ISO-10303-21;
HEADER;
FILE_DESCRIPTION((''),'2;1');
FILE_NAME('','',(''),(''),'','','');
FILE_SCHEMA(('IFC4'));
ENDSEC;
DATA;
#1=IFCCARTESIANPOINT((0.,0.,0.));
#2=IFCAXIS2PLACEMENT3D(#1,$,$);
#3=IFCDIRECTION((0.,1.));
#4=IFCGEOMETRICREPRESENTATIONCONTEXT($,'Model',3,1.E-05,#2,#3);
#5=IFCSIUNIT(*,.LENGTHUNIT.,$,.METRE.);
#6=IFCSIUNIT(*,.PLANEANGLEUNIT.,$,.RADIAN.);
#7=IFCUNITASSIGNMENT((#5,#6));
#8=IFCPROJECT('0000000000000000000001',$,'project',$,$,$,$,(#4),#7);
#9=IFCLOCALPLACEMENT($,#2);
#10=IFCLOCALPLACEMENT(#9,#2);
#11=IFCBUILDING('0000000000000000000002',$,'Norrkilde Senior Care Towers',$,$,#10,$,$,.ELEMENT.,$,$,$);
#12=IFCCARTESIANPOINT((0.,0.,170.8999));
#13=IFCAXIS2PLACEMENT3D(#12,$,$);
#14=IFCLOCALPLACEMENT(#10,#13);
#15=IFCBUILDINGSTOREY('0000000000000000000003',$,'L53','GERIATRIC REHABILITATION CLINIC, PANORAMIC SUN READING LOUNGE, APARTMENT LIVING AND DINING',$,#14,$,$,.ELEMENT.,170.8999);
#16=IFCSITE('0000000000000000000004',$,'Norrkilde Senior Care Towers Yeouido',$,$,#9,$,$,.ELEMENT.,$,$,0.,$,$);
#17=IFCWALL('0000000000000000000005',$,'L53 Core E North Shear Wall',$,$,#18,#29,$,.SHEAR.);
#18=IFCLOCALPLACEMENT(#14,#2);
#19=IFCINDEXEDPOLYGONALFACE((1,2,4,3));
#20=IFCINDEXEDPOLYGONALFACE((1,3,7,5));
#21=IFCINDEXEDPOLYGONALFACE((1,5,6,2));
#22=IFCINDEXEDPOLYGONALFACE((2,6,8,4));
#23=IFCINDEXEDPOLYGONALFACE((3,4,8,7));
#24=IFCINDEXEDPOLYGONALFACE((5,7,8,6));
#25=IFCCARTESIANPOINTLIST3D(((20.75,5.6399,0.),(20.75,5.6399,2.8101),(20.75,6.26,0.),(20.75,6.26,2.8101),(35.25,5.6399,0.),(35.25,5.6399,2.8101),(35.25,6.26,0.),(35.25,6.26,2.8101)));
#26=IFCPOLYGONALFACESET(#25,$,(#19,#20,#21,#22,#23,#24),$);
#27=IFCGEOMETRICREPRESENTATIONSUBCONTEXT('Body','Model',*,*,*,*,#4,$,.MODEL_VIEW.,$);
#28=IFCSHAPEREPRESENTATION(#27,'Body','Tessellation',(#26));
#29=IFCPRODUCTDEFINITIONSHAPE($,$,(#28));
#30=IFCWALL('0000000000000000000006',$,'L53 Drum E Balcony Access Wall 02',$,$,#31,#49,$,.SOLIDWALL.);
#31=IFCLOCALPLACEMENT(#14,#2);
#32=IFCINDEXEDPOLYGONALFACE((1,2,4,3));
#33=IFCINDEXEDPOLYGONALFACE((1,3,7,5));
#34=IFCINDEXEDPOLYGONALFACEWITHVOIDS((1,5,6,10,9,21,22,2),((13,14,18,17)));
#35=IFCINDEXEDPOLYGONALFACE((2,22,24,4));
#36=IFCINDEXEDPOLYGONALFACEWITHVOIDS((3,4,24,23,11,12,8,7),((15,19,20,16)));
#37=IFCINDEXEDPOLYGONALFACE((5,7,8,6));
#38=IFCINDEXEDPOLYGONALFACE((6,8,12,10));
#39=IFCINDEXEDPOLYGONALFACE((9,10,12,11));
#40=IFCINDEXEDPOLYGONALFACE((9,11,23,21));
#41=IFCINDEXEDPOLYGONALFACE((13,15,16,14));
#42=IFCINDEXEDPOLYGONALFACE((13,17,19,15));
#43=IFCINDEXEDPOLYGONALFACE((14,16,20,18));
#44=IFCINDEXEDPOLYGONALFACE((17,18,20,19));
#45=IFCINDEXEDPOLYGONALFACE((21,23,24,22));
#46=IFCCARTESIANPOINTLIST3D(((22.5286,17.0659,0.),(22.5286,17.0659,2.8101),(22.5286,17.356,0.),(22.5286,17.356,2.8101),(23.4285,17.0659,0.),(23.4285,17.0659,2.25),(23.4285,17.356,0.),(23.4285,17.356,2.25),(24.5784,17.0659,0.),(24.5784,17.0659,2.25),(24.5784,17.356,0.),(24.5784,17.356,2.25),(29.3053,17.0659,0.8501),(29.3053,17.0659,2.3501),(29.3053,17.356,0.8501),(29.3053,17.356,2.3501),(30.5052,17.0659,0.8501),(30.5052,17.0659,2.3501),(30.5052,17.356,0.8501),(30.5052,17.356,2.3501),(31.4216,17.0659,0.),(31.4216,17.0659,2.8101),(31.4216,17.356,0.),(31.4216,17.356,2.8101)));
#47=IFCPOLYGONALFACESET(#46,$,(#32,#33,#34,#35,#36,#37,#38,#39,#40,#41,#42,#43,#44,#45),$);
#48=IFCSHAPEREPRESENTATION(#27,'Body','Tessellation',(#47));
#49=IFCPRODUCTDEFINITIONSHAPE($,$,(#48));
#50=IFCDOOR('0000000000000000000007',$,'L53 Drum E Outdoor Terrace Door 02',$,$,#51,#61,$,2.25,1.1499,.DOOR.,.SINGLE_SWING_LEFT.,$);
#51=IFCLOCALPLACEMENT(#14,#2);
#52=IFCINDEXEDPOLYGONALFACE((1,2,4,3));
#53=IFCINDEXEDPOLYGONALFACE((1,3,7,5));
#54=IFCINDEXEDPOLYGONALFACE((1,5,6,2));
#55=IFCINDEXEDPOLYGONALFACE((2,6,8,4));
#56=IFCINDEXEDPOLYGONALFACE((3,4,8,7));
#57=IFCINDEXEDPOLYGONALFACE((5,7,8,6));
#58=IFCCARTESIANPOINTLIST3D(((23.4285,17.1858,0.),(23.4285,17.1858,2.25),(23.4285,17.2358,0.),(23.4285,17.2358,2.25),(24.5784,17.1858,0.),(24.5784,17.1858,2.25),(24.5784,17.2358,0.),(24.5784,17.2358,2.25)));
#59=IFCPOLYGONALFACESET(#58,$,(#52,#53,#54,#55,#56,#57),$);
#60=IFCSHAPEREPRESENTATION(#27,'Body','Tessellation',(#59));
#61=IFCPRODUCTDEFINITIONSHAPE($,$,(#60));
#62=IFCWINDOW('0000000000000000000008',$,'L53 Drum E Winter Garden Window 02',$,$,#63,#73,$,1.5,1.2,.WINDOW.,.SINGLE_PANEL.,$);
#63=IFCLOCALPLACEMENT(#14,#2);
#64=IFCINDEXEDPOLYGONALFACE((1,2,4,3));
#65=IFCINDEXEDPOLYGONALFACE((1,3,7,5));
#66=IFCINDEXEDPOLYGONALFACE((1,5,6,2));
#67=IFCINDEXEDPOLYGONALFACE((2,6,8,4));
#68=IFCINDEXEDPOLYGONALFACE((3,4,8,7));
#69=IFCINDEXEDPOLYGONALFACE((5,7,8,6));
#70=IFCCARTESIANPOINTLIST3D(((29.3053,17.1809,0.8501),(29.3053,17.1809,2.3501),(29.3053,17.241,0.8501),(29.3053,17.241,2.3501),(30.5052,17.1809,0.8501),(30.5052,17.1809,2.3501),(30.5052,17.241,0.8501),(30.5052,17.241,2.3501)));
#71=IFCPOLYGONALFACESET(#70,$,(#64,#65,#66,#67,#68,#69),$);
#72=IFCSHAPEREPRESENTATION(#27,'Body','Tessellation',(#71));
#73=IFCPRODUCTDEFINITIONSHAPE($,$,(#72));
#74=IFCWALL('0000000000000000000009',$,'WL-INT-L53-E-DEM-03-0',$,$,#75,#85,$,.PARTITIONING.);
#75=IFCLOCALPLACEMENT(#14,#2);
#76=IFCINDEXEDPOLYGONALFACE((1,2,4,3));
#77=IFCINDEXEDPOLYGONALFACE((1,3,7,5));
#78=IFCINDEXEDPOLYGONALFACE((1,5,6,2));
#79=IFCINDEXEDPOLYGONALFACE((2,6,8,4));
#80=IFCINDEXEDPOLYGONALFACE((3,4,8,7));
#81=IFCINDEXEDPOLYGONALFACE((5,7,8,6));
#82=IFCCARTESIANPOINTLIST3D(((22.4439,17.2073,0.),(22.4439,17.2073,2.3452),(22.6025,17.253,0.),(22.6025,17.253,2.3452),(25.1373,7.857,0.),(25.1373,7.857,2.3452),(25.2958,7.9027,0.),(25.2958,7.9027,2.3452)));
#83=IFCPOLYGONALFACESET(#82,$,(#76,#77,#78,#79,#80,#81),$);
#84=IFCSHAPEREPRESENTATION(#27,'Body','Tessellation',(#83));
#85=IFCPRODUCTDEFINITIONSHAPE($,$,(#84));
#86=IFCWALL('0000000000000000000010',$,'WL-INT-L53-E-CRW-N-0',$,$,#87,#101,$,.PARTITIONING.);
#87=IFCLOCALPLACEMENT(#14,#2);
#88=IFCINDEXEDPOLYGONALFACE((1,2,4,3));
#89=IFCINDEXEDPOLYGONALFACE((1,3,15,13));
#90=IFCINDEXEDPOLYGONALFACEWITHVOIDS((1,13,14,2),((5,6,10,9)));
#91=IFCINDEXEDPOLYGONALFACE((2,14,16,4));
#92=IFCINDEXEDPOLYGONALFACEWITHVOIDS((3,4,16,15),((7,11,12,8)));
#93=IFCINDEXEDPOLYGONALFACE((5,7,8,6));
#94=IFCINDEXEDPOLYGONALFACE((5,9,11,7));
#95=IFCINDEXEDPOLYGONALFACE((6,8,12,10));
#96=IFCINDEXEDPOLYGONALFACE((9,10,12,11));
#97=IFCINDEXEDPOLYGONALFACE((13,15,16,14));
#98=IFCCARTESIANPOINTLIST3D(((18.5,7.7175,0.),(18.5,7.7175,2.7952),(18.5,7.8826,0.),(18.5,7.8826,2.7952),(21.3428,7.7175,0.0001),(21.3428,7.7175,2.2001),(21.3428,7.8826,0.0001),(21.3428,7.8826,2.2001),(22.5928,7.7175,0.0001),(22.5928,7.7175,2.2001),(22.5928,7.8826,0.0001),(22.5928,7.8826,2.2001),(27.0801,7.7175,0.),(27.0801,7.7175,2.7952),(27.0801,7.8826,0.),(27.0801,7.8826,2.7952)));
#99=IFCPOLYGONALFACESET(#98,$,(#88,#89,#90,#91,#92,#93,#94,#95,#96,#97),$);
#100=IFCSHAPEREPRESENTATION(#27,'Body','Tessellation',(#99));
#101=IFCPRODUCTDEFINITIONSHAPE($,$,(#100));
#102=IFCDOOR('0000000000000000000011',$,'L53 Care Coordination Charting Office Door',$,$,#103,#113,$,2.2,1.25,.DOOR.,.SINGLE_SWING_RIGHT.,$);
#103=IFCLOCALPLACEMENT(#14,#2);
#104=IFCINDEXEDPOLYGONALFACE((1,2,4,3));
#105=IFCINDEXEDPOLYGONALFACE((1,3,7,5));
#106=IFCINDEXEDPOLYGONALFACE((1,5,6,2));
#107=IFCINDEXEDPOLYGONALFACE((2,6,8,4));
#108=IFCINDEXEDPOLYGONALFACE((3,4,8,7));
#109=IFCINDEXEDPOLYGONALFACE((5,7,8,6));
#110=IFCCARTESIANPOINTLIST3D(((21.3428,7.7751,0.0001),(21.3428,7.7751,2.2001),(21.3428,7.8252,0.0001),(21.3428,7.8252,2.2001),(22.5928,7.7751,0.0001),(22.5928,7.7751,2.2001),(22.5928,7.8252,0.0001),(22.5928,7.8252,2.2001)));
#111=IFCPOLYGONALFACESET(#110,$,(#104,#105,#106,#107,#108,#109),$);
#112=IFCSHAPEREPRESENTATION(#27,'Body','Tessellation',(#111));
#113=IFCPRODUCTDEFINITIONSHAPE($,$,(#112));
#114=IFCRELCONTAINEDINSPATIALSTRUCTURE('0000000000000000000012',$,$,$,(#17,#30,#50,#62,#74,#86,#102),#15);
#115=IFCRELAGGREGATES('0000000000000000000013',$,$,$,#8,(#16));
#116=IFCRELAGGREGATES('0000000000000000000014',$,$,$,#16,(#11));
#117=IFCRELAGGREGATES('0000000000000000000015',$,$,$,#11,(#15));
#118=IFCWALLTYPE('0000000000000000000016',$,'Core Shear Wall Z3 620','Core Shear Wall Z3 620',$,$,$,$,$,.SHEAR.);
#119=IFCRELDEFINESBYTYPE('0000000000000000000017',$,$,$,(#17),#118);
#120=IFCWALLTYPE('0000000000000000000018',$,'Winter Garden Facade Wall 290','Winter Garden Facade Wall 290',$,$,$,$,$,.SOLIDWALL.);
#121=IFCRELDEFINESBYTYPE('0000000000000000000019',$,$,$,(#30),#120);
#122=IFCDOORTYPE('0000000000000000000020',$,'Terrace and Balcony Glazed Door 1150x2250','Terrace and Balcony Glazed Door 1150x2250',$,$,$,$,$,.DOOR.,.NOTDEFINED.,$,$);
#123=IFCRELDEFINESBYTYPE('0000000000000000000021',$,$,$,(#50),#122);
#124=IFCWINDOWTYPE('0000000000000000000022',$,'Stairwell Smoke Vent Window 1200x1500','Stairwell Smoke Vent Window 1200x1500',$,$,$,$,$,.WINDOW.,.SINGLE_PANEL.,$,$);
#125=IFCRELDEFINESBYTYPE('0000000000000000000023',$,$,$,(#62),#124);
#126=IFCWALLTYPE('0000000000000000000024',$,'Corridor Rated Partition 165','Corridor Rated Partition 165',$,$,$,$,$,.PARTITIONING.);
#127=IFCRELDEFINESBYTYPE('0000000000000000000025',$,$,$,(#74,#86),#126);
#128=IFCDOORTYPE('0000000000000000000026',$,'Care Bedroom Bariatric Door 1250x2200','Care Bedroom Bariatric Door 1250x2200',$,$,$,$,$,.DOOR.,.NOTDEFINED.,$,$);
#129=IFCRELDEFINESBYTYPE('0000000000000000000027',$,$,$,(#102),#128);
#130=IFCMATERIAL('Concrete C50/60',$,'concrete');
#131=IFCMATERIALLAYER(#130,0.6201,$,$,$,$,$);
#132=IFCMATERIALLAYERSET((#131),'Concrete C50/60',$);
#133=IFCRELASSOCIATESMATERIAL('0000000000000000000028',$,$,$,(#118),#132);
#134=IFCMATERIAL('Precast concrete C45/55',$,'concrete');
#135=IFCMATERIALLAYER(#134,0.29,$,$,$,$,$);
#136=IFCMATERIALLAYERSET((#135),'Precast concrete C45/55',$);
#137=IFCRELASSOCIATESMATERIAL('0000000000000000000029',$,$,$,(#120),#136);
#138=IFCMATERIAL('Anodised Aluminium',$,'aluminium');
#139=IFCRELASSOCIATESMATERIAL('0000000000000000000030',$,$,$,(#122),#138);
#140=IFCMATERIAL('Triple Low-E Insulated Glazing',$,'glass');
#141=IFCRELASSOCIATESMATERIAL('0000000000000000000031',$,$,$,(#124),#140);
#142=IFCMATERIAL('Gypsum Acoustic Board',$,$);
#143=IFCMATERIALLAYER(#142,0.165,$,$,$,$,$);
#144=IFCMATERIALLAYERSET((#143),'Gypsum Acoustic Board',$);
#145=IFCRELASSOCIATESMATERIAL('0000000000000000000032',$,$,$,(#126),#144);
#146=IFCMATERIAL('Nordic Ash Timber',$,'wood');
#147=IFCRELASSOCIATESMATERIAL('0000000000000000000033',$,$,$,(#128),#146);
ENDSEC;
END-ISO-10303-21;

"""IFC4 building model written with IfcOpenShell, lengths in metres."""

from ifc_helpers import new_model, si_unit, direction, frame, frame_2d, origin, place, context, subcontext, project, spatial, rectangle, extrude, source, transform, mapped, material, layer, layer_set, type_object, type_shapes, element, fill, save


model = new_model("IFC4")

# Units and contexts
model_context = context("Model", 3, precision=1e-05, world=origin(), true_north=direction((0.0, 1.0)))
body_context = subcontext(model_context, "Body", "Model", "MODEL_VIEW")
ifc_project = project(units=[si_unit("LENGTHUNIT", "METRE"), si_unit("PLANEANGLEUNIT", "RADIAN")], contexts=[model_context])

# Site, building, storey
site_placement = place(None, origin())
site = spatial("IfcSite", under=ifc_project, at=site_placement, Name="Norrkilde Senior Care Towers Yeouido", CompositionType="ELEMENT", RefElevation=0.0)
building_placement = place(site_placement, origin())
building = spatial("IfcBuilding", under=site, at=building_placement, Name="Norrkilde Senior Care Towers", CompositionType="ELEMENT")
storey_placement = place(building_placement, frame((0.0, 0.0, 170.8999)))
storey = spatial("IfcBuildingStorey", under=building, at=storey_placement, Name="L53", Description="GERIATRIC REHABILITATION CLINIC, PANORAMIC SUN READING LOUNGE, APARTMENT LIVING AND DINING", CompositionType="ELEMENT", Elevation=170.8999)

# Shared definitions
ifc_material_1 = material(Name="Concrete C50/60", Category="concrete")

# Shared definitions
ifc_material_2 = material(Name="Triple Low-E Insulated Glazing", Category="glass")
ifc_material_3 = material(Name="Anodised Aluminium", Category="aluminium")

# Wall
ifc_layer_1 = layer(ifc_material_1, 0.6201)
ifc_layer_set_1 = layer_set([ifc_layer_1], Name="Concrete C50/60")
wall_type_1 = type_object("IfcWallType", Name="Core Shear Wall Z3 620", Description="Core Shear Wall Z3 620", PredefinedType="SHEAR", material=ifc_layer_set_1)
shared_shape_1 = source(origin(), body_context, "Body", "SweptSolid", [
    extrude(rectangle(XDim=14.5, YDim=0.6201, at=frame_2d((7.25, 0.0))), origin(), (0.0, 0.0, 1.0), 2.8101),
])
type_shapes(wall_type_1, [shared_shape_1])
wall_1_placement = place(storey_placement, frame((20.75, 5.95, 0.0), z_axis=(0.0, 0.0, 1.0), x_axis=(1.0, 0.0, 0.0)))
element("IfcWall", 1, at=wall_1_placement, inside=storey, type_object=wall_type_1, Name="L53 Core E North Shear Wall", PredefinedType="SHEAR", context=body_context, shape_type="MappedRepresentation", body=[
    mapped(shared_shape_1, transform((0.0, 0.0, 0.0), x_axis=(1.0, 0.0, 0.0), y_axis=(0.0, 1.0, 0.0), z_axis=(0.0, 0.0, 1.0), scale=1.0)),
])

# Wall, openings, door, window
ifc_material_4 = material(Name="Precast concrete C45/55", Category="concrete")
ifc_layer_2 = layer(ifc_material_4, 0.29)
ifc_layer_set_2 = layer_set([ifc_layer_2], Name="Precast concrete C45/55")
wall_type_2 = type_object("IfcWallType", Name="Winter Garden Facade Wall 290", Description="Winter Garden Facade Wall 290", PredefinedType="SOLIDWALL", material=ifc_layer_set_2)
shared_shape_2 = source(origin(), body_context, "Body", "SweptSolid", [
    extrude(rectangle(XDim=8.8931, YDim=0.29, at=frame_2d((4.4465, 0.0))), origin(), (0.0, 0.0, 1.0), 2.8101),
])
type_shapes(wall_type_2, [shared_shape_2])
wall_2_placement = place(storey_placement, frame((22.5286, 17.2109, 0.0), z_axis=(0.0, 0.0, 1.0), x_axis=(1.0, 0.0, 0.0)))
wall_2 = element("IfcWall", 2, at=wall_2_placement, inside=storey, type_object=wall_type_2, Name="L53 Drum E Balcony Access Wall 02", PredefinedType="SOLIDWALL", context=body_context, shape_type="MappedRepresentation", body=[
    mapped(shared_shape_2, transform((0.0, 0.0, 0.0), x_axis=(1.0, 0.0, 0.0), y_axis=(0.0, 1.0, 0.0), z_axis=(0.0, 0.0, 1.0), scale=1.0)),
])
opening_1_placement = place(wall_2_placement, frame((0.8999, 0.0, 0.0)))
opening_1 = element("IfcOpeningElement", 3, at=opening_1_placement, cuts=wall_2, PredefinedType="OPENING", context=body_context, shape_type="SweptSolid", body=[
    extrude(rectangle(XDim=1.1499, YDim=2.25, at=frame_2d((0.575, 1.125))), frame((0.0, 0.155, 0.0), z_axis=(0.0, -1.0, 0.0), x_axis=(1.0, 0.0, 0.0)), (0.0, 0.0, 1.0), 0.3101),
])
opening_2_placement = place(wall_2_placement, frame((6.7766, 0.0, 0.8501)))
opening_2 = element("IfcOpeningElement", 4, at=opening_2_placement, cuts=wall_2, PredefinedType="OPENING", context=body_context, shape_type="SweptSolid", body=[
    extrude(rectangle(XDim=1.2, YDim=1.5, at=frame_2d((0.6001, 0.75))), frame((0.0, 0.155, 0.0), z_axis=(0.0, -1.0, 0.0), x_axis=(1.0, 0.0, 0.0)), (0.0, 0.0, 1.0), 0.3101),
])
door_type_1 = type_object("IfcDoorType", Name="Terrace and Balcony Glazed Door 1150x2250", Description="Terrace and Balcony Glazed Door 1150x2250", OperationType="NOTDEFINED", PredefinedType="DOOR", material=ifc_material_3)
shared_shape_3 = source(origin(), body_context, "Body", "SweptSolid", [
    extrude(rectangle(XDim=1.1499, YDim=2.25, at=frame_2d((0.575, 1.125))), frame((0.0, 0.0249, 0.0), z_axis=(0.0, -1.0, 0.0), x_axis=(1.0, 0.0, 0.0)), (0.0, 0.0, 1.0), 0.05),
])
type_shapes(door_type_1, [shared_shape_3])
door_1_placement = place(opening_1_placement, origin())
door_1 = element("IfcDoor", 5, at=door_1_placement, inside=storey, type_object=door_type_1, Name="L53 Drum E Outdoor Terrace Door 02", OperationType="SINGLE_SWING_LEFT", OverallHeight=2.25, OverallWidth=1.1499, PredefinedType="DOOR", context=body_context, shape_type="MappedRepresentation", body=[
    mapped(shared_shape_3, transform((0.0, 0.0, 0.0), x_axis=(1.0, 0.0, 0.0), y_axis=(0.0, 1.0, 0.0), z_axis=(0.0, 0.0, 1.0), scale=1.0)),
])
fill(opening_1, door_1)
window_type = type_object("IfcWindowType", Name="Stairwell Smoke Vent Window 1200x1500", Description="Stairwell Smoke Vent Window 1200x1500", PartitioningType="SINGLE_PANEL", PredefinedType="WINDOW", material=ifc_material_2)
shared_shape_4 = source(origin(), body_context, "Body", "SweptSolid", [
    extrude(rectangle(XDim=1.2, YDim=1.5, at=frame_2d((0.6001, 0.75))), frame((0.0, 0.03, 0.0), z_axis=(0.0, -1.0, 0.0), x_axis=(1.0, 0.0, 0.0)), (0.0, 0.0, 1.0), 0.0601),
])
type_shapes(window_type, [shared_shape_4])
window_placement = place(opening_2_placement, origin())
window = element("IfcWindow", 6, at=window_placement, inside=storey, type_object=window_type, Name="L53 Drum E Winter Garden Window 02", OverallHeight=1.5, OverallWidth=1.2, PartitioningType="SINGLE_PANEL", PredefinedType="WINDOW", context=body_context, shape_type="MappedRepresentation", body=[
    mapped(shared_shape_4, transform((0.0, 0.0, 0.0), x_axis=(1.0, 0.0, 0.0), y_axis=(0.0, 1.0, 0.0), z_axis=(0.0, 0.0, 1.0), scale=1.0)),
])
fill(opening_2, window)

# Wall
ifc_material_5 = material(Name="Gypsum Acoustic Board")
ifc_layer_3 = layer(ifc_material_5, 0.165)
ifc_layer_set_3 = layer_set([ifc_layer_3], Name="Gypsum Acoustic Board")
wall_type_3 = type_object("IfcWallType", Name="Corridor Rated Partition 165", Description="Corridor Rated Partition 165", PredefinedType="PARTITIONING", material=ifc_layer_set_3)
shared_shape_5 = source(origin(), body_context, "Body", "SweptSolid", [
    extrude(rectangle(XDim=9.7305, YDim=0.165, at=frame_2d((4.8652, 0.0))), origin(), (0.0, 0.0, 1.0), 2.3452),
])
wall_3_placement = place(storey_placement, frame((25.2166, 7.8799, 0.0), z_axis=(0.0, 0.0, 1.0), x_axis=(-0.276795, 0.960929, 0.0)))
element("IfcWall", 7, at=wall_3_placement, inside=storey, type_object=wall_type_3, Name="WL-INT-L53-E-DEM-03-0", PredefinedType="PARTITIONING", context=body_context, shape_type="MappedRepresentation", body=[
    mapped(shared_shape_5, transform((0.0, 0.0, 0.0), x_axis=(1.0, 0.0, 0.0), y_axis=(0.0, 1.0, 0.0), z_axis=(0.0, 0.0, 1.0), scale=1.0)),
])

# Wall, opening, door
shared_shape_6 = source(origin(), body_context, "Body", "SweptSolid", [
    extrude(rectangle(XDim=8.5801, YDim=0.165, at=frame_2d((4.29, 0.0))), origin(), (0.0, 0.0, 1.0), 2.7952),
])
type_shapes(wall_type_3, [shared_shape_5, shared_shape_6])
wall_4_placement = place(storey_placement, frame((18.5, 7.8, 0.0), z_axis=(0.0, 0.0, 1.0), x_axis=(1.0, 0.0, 0.0)))
wall_4 = element("IfcWall", 8, at=wall_4_placement, inside=storey, type_object=wall_type_3, Name="WL-INT-L53-E-CRW-N-0", PredefinedType="PARTITIONING", context=body_context, shape_type="MappedRepresentation", body=[
    mapped(shared_shape_6, transform((0.0, 0.0, 0.0), x_axis=(1.0, 0.0, 0.0), y_axis=(0.0, 1.0, 0.0), z_axis=(0.0, 0.0, 1.0), scale=1.0)),
])
opening_3_placement = place(wall_4_placement, frame((2.8428, 0.0, 0.0)))
opening_3 = element("IfcOpeningElement", 9, at=opening_3_placement, cuts=wall_4, PredefinedType="OPENING", context=body_context, shape_type="SweptSolid", body=[
    extrude(rectangle(XDim=1.25, YDim=2.2, at=frame_2d((0.625, 1.1001))), frame((0.0, 0.0925, 0.0), z_axis=(0.0, -1.0, 0.0), x_axis=(1.0, 0.0, 0.0)), (0.0, 0.0, 1.0), 0.1851),
])
ifc_material_6 = material(Name="Nordic Ash Timber", Category="wood")
door_type_2 = type_object("IfcDoorType", Name="Care Bedroom Bariatric Door 1250x2200", Description="Care Bedroom Bariatric Door 1250x2200", OperationType="NOTDEFINED", PredefinedType="DOOR", material=ifc_material_6)
shared_shape_7 = source(origin(), body_context, "Body", "SweptSolid", [
    extrude(rectangle(XDim=1.25, YDim=2.2, at=frame_2d((0.625, 1.1001))), frame((0.0, 0.0249, 0.0), z_axis=(0.0, -1.0, 0.0), x_axis=(1.0, 0.0, 0.0)), (0.0, 0.0, 1.0), 0.05),
])
type_shapes(door_type_2, [shared_shape_7])
door_2_placement = place(opening_3_placement, frame((1.25, 0.0, 0.0), z_axis=(0.0, 0.0, 1.0), x_axis=(-1.0, 0.0, 0.0)))
door_2 = element("IfcDoor", 10, at=door_2_placement, inside=storey, type_object=door_type_2, Name="L53 Care Coordination Charting Office Door", OperationType="SINGLE_SWING_RIGHT", OverallHeight=2.2, OverallWidth=1.25, PredefinedType="DOOR", context=body_context, shape_type="MappedRepresentation", body=[
    mapped(shared_shape_7, transform((0.0, 0.0, 0.0), x_axis=(1.0, 0.0, 0.0), y_axis=(0.0, 1.0, 0.0), z_axis=(0.0, 0.0, 1.0), scale=1.0)),
])
fill(opening_3, door_2)

save(model, "model.ifc")
